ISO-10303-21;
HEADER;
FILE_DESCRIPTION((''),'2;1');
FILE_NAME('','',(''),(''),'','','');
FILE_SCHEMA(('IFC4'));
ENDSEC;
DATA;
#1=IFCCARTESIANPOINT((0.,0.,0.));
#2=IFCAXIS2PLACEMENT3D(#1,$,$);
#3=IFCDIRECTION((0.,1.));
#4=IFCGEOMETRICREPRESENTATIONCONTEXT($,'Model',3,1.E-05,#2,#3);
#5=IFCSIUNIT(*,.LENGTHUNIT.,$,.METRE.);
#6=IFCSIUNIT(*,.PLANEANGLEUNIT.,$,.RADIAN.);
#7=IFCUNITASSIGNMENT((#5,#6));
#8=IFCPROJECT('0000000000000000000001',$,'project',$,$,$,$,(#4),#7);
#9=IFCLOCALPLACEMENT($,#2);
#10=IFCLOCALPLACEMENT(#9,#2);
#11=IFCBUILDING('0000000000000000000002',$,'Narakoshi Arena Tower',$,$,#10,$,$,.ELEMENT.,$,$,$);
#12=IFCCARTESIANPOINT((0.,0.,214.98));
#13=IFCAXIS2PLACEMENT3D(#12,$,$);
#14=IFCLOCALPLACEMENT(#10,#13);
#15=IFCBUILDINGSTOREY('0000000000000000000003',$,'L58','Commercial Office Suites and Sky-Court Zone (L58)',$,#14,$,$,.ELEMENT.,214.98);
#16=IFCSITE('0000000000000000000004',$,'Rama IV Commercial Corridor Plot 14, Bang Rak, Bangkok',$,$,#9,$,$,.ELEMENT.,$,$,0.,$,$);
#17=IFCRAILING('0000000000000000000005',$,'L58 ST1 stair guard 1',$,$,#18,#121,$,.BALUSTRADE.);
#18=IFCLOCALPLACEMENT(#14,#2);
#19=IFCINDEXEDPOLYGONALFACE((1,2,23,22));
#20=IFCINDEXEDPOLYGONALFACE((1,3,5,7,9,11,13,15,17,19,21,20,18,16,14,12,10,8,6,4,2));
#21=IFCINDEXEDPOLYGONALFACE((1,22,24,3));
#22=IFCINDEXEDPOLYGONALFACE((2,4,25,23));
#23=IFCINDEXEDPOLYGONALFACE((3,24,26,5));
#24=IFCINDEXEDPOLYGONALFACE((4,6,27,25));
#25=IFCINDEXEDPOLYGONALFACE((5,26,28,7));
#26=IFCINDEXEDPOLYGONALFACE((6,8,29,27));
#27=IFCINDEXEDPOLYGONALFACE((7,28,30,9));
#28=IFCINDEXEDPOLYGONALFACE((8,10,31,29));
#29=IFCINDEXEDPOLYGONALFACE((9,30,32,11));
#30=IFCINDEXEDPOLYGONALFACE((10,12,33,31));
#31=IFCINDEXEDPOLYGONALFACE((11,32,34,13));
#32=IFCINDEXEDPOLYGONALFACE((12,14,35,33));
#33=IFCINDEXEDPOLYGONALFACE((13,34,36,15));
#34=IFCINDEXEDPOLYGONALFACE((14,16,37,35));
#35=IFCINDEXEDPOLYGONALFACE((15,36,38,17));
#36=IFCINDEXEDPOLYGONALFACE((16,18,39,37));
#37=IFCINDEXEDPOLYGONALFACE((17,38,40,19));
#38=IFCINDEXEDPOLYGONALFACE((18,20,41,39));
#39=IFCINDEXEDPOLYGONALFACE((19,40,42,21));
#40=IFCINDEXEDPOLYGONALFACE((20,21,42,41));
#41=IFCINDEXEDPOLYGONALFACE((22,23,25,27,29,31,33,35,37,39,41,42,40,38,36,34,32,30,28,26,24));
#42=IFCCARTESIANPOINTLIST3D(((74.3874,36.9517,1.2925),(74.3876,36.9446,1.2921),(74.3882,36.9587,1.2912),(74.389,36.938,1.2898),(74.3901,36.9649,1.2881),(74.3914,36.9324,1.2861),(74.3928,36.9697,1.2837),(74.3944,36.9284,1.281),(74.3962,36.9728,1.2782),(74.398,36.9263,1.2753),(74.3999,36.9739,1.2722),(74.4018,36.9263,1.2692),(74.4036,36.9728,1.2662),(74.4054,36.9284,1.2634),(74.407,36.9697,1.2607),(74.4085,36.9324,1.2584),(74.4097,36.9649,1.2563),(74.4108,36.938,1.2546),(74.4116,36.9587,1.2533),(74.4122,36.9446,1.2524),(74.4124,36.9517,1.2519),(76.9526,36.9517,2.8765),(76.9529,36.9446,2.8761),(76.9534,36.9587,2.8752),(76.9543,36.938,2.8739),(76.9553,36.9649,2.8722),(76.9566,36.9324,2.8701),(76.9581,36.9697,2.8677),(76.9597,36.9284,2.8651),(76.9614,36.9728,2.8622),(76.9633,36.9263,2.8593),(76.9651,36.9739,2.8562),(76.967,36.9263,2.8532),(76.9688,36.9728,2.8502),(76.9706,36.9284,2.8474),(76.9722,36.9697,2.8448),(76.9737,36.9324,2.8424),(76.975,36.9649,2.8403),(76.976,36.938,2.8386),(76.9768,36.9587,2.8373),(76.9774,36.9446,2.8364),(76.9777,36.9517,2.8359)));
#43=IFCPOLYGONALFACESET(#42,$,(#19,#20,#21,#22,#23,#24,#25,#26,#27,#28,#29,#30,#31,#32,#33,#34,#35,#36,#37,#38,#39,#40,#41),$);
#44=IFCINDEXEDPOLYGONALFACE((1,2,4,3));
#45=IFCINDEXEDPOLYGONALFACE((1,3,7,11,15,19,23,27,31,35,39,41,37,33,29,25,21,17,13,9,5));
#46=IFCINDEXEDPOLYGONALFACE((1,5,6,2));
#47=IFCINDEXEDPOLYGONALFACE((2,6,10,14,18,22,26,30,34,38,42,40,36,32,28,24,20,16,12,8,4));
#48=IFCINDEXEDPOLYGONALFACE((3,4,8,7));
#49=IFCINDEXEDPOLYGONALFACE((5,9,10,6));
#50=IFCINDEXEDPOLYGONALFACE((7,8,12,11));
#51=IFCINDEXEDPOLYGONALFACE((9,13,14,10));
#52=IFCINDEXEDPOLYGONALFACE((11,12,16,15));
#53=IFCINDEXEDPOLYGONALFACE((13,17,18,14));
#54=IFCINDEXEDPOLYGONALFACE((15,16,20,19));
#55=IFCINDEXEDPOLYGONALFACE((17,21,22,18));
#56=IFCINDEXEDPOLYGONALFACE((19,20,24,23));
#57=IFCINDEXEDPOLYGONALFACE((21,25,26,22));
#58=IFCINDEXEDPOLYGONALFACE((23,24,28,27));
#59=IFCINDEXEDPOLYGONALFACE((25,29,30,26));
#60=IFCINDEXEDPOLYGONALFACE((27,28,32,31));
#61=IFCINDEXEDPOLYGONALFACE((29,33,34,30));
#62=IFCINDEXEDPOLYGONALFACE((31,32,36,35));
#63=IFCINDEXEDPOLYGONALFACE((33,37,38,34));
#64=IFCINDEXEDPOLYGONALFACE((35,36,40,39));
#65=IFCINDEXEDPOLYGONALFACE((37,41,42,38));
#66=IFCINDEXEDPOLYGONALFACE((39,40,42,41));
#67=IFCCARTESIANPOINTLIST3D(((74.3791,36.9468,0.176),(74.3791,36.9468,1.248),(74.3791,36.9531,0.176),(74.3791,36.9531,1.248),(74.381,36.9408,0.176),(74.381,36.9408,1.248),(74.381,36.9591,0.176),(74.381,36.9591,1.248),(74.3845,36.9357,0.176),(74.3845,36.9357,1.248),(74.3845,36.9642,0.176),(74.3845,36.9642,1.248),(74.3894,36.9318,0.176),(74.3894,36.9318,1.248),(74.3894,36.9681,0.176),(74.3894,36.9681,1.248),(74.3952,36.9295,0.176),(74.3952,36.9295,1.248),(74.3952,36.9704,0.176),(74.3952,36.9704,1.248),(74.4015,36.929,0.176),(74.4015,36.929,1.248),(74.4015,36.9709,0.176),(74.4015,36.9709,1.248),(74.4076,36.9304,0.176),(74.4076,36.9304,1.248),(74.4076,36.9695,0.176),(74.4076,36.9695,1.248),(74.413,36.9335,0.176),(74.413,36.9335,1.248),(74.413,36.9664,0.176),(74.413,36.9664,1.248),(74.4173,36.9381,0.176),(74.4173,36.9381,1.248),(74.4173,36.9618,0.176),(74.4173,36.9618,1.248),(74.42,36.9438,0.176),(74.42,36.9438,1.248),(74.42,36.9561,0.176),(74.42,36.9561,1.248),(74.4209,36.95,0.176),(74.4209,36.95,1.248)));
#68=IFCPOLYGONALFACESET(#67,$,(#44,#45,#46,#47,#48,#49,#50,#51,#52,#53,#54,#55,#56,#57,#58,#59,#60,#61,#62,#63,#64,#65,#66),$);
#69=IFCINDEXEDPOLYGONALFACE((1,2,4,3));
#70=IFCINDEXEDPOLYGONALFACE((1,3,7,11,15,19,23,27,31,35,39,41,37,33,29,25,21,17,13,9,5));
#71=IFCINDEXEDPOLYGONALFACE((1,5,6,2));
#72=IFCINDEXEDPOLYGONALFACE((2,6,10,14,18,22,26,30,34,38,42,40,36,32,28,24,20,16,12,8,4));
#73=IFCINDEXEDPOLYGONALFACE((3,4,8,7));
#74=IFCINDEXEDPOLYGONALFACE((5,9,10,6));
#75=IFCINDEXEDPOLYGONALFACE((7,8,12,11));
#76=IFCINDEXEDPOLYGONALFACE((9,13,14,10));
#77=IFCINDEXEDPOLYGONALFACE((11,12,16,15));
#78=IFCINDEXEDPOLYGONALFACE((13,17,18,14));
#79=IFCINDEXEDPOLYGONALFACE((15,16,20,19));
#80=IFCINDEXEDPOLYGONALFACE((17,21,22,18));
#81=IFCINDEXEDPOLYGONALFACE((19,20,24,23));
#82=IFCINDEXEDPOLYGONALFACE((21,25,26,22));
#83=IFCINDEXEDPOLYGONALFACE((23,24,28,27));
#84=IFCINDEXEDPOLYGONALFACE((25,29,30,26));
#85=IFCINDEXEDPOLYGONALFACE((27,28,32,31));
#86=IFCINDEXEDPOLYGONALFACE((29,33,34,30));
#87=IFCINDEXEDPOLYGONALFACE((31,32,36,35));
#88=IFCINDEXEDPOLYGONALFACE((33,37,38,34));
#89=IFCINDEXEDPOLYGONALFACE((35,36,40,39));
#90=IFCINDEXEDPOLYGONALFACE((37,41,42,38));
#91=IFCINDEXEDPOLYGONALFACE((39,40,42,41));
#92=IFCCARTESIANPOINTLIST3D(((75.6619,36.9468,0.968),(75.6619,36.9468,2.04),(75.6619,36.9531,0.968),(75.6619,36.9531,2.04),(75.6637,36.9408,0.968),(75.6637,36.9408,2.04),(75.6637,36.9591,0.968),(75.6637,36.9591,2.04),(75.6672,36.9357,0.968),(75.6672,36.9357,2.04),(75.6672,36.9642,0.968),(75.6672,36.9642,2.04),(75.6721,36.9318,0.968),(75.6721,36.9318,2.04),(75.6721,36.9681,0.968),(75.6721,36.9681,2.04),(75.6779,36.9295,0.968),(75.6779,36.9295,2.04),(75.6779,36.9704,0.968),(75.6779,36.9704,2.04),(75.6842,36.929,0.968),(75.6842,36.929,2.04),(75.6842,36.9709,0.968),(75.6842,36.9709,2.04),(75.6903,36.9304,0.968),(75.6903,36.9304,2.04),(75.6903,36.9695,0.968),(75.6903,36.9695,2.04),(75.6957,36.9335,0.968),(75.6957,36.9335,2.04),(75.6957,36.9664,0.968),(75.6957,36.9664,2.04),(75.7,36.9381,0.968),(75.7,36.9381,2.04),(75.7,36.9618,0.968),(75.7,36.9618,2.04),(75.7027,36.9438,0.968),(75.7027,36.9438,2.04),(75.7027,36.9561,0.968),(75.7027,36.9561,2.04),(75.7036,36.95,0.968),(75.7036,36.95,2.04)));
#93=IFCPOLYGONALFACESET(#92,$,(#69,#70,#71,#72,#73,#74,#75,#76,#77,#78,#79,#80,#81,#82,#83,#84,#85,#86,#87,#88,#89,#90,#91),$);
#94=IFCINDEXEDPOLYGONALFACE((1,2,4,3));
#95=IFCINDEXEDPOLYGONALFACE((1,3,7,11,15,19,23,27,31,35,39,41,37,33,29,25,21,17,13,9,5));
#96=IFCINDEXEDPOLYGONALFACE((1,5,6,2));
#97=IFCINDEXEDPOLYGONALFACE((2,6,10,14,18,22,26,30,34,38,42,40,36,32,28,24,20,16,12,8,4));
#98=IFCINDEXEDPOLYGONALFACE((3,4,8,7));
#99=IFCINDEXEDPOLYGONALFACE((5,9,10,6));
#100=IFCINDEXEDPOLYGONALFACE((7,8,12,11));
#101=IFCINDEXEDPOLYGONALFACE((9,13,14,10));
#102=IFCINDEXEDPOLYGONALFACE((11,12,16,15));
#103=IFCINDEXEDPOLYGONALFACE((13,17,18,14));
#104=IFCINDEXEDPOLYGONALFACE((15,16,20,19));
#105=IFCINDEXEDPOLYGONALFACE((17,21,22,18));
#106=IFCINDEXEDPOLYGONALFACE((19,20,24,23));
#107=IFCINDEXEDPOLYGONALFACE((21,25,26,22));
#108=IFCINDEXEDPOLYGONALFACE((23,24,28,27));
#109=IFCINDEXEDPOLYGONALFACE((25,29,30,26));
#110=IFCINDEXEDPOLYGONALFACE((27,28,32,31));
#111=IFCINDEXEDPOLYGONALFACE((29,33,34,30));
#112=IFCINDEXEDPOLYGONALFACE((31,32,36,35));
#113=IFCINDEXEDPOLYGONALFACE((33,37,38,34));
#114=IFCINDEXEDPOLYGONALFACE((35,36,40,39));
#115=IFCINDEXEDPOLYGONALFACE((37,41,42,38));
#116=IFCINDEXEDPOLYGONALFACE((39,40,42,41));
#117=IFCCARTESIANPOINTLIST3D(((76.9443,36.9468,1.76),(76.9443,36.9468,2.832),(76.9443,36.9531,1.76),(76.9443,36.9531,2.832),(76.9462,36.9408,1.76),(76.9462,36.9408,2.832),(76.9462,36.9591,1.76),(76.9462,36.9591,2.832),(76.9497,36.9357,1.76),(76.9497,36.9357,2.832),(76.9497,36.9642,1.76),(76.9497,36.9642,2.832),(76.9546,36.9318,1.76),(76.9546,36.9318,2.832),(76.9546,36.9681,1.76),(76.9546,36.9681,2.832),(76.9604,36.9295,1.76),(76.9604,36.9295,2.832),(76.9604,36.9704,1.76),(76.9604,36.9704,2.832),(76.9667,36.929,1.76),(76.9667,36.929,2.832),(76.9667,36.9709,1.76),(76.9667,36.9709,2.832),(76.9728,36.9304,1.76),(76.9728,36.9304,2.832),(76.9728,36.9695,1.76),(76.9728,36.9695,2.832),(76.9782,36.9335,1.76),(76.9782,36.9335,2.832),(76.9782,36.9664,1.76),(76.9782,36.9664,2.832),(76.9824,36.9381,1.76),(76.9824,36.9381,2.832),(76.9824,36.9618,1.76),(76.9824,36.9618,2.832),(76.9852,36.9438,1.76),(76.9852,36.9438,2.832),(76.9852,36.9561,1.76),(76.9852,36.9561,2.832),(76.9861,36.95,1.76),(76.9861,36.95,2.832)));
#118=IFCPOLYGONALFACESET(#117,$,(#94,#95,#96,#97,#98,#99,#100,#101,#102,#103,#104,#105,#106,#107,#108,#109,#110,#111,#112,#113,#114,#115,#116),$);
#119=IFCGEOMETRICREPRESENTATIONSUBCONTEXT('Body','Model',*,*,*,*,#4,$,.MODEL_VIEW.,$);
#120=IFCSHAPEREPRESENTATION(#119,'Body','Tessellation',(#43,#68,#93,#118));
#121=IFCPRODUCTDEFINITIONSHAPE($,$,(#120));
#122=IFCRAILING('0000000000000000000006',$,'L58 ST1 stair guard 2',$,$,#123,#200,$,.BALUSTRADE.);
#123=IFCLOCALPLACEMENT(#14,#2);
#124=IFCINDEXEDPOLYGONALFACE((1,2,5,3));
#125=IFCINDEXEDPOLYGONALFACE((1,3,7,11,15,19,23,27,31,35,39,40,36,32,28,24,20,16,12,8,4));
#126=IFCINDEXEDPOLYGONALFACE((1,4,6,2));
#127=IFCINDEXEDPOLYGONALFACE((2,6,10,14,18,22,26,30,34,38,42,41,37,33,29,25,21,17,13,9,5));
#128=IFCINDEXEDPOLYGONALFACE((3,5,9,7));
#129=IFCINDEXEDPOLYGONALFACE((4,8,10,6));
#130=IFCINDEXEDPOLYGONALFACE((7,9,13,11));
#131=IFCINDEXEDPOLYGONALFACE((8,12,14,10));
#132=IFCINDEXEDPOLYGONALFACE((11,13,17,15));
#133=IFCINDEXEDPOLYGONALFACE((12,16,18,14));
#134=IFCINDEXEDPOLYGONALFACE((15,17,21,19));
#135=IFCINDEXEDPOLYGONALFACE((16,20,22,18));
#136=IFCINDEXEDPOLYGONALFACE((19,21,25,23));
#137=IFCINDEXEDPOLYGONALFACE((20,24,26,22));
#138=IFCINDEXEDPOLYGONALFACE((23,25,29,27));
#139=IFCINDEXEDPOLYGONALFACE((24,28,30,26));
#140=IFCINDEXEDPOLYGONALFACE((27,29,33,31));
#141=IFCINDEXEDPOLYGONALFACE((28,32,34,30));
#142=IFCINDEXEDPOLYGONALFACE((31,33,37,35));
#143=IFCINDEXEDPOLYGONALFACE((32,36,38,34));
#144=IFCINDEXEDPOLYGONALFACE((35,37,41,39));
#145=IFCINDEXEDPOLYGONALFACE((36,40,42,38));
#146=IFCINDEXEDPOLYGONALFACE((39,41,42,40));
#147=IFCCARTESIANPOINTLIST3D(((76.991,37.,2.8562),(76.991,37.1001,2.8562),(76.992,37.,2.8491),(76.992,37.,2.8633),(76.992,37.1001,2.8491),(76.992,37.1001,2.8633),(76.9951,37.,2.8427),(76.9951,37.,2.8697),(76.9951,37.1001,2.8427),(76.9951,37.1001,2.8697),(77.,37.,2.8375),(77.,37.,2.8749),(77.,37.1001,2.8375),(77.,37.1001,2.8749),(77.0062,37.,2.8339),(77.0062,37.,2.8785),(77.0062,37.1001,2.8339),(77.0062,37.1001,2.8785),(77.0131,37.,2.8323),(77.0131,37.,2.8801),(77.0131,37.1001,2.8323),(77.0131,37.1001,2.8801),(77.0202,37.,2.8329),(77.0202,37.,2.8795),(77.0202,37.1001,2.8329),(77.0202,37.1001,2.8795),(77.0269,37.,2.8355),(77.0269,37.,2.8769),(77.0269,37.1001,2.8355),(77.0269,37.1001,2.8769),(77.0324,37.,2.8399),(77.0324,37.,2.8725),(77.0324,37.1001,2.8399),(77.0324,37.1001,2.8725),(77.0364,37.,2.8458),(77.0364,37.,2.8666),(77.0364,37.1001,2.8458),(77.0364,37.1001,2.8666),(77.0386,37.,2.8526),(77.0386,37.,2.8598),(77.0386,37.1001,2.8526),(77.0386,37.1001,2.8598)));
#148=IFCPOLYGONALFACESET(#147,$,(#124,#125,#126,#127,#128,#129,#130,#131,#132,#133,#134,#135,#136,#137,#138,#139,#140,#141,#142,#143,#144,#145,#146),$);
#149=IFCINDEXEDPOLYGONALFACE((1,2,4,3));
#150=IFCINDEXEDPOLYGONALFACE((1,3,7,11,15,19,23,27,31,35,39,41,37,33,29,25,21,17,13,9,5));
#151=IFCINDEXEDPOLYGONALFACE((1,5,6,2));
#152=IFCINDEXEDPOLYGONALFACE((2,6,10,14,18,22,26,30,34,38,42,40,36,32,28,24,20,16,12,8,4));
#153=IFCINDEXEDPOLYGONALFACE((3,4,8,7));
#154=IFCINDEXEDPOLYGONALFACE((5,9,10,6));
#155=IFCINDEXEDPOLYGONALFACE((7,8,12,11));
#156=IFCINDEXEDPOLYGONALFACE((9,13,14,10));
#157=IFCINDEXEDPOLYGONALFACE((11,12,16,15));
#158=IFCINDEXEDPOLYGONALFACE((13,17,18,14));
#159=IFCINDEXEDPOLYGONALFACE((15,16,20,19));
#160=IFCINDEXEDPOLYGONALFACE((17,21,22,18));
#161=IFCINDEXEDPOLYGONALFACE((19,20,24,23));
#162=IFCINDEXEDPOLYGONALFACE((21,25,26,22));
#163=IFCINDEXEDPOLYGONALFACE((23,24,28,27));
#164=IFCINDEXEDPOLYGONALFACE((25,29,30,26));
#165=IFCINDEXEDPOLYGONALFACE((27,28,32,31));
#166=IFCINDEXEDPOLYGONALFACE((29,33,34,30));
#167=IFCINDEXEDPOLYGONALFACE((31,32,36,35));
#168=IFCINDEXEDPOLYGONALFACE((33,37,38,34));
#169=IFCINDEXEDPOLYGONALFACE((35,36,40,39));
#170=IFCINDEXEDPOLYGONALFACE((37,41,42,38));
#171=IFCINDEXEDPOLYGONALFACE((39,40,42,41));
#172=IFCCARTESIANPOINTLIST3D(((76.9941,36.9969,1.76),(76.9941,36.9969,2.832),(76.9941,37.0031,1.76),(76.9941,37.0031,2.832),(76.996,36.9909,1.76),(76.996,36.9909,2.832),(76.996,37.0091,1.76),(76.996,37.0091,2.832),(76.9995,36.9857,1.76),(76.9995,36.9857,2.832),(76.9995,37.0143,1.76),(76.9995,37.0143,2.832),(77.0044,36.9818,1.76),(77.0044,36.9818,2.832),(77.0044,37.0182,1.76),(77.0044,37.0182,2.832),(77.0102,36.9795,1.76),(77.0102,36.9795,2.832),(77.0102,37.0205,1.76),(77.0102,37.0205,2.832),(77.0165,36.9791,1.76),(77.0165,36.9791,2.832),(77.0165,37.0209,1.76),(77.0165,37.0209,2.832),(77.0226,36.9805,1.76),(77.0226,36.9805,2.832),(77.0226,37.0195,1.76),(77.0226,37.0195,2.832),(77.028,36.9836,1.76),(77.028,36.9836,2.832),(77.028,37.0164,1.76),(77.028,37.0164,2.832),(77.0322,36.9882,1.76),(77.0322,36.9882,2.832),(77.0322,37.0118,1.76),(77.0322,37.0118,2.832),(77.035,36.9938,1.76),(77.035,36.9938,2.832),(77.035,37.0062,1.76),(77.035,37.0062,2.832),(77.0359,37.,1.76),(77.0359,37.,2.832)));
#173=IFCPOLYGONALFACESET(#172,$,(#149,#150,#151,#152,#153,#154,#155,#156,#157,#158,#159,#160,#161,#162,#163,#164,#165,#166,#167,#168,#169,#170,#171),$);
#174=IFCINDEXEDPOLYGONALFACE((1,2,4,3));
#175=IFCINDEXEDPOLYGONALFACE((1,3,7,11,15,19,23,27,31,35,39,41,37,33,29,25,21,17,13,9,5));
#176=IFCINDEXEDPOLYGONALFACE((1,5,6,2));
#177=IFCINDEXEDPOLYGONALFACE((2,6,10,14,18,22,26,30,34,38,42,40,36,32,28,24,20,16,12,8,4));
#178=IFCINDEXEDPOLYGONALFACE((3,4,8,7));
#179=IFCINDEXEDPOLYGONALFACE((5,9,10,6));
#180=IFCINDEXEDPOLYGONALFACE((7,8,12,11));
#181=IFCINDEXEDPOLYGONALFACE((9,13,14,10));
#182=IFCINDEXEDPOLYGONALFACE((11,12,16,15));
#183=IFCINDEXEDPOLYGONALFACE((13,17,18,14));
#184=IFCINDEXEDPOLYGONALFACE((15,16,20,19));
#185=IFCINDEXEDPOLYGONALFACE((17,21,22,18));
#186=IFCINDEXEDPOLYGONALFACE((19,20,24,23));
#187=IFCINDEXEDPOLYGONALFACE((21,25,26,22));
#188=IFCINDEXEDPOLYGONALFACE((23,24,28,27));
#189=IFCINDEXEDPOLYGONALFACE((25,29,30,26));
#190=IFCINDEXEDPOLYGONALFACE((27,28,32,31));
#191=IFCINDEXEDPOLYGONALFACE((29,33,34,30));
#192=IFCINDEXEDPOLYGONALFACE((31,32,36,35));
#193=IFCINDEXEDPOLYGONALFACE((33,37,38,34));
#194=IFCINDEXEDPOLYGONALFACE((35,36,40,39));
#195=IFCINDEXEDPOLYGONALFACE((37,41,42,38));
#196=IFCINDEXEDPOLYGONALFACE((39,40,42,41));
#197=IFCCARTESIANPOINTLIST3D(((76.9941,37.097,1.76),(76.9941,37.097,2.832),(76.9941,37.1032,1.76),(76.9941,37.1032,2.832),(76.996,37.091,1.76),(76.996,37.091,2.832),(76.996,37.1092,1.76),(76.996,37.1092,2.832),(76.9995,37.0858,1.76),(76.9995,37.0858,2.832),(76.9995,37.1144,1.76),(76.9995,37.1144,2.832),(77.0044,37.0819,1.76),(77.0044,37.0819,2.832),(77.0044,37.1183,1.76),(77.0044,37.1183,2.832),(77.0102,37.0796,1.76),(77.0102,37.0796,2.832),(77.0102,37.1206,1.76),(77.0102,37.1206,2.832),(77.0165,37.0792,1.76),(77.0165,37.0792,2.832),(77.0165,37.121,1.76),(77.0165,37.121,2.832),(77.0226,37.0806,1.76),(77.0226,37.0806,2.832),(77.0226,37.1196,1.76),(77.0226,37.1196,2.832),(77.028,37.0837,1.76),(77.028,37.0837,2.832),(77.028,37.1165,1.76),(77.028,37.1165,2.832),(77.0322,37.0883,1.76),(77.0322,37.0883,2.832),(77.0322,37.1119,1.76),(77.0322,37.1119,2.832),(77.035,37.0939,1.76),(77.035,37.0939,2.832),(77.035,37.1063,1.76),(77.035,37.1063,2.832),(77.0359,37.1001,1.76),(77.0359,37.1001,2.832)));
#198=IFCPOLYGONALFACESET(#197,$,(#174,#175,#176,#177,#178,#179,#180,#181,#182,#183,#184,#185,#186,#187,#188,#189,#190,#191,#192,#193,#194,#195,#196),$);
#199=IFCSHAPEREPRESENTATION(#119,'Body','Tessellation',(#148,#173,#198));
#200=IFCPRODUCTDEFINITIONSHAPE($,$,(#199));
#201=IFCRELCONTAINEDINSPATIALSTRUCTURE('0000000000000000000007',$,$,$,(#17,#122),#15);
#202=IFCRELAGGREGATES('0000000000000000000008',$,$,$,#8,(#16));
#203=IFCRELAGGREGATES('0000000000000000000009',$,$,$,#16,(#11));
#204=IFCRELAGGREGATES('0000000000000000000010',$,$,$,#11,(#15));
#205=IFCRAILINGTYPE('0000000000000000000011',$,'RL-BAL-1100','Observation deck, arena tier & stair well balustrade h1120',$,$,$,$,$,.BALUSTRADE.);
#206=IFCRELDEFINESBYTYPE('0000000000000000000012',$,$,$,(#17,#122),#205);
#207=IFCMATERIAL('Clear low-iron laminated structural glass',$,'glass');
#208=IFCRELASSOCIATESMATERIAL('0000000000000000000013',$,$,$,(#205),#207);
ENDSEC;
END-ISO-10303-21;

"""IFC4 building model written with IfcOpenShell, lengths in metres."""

from ifc_helpers import new_model, si_unit, direction, frame, origin, origin_2d, place, context, subcontext, project, spatial, circle, extrude, material, type_object, element, save


model = new_model("IFC4")

# Units and contexts
model_context = context("Model", 3, precision=1e-05, world=origin(), true_north=direction((0.0, 1.0)))
body_context = subcontext(model_context, "Body", "Model", "MODEL_VIEW")
ifc_project = project(units=[si_unit("LENGTHUNIT", "METRE"), si_unit("PLANEANGLEUNIT", "RADIAN")], contexts=[model_context])

# Site, building, storey
site_placement = place(None, origin())
site = spatial("IfcSite", under=ifc_project, at=site_placement, Name="Rama IV Commercial Corridor Plot 14, Bang Rak, Bangkok", CompositionType="ELEMENT", RefElevation=0.0)
building_placement = place(site_placement, origin())
building = spatial("IfcBuilding", under=site, at=building_placement, Name="Narakoshi Arena Tower", CompositionType="ELEMENT")
storey_placement = place(building_placement, frame((0.0, 0.0, 214.98)))
storey = spatial("IfcBuildingStorey", under=building, at=storey_placement, Name="L58", Description="Commercial Office Suites and Sky-Court Zone (L58)", CompositionType="ELEMENT", Elevation=214.98)

# Railings
ifc_material_1 = material(Name="Clear low-iron laminated structural glass", Category="glass")
railing_type_1 = type_object("IfcRailingType", Name="RL-BAL-1100", Description="Observation deck, arena tier & stair well balustrade h1120", PredefinedType="BALUSTRADE", material=ifc_material_1)
railing_1_placement = place(storey_placement, frame((74.3999, 36.95, 0.176)))
element("IfcRailing", 1, at=railing_1_placement, inside=storey, type_object=railing_type_1, Name="L58 ST1 stair guard 1", PredefinedType="BALUSTRADE", context=body_context, shape_type="SweptSolid", body=[
    extrude(circle(Radius=0.0239, at=origin_2d()), frame((0.0, 0.0, 1.0962), z_axis=(0.850857, 0.0, 0.525398), x_axis=(0.0, 1.0, 0.0)), (0.0, 0.0, 1.0), 3.0149),
    extrude(circle(Radius=0.021, at=origin_2d()), origin(), (0.0, 0.0, 1.0), 1.072),
    extrude(circle(Radius=0.021, at=origin_2d()), frame((1.2827, 0.0, 0.792)), (0.0, 0.0, 1.0), 1.072),
    extrude(circle(Radius=0.021, at=origin_2d()), frame((2.5652, 0.0, 1.584)), (0.0, 0.0, 1.0), 1.072),
])
railing_2_placement = place(storey_placement, frame((77.0149, 37.0, 1.76)))
element("IfcRailing", 2, at=railing_2_placement, inside=storey, type_object=railing_type_1, Name="L58 ST1 stair guard 2", PredefinedType="BALUSTRADE", context=body_context, shape_type="SweptSolid", body=[
    extrude(circle(Radius=0.0239, at=origin_2d()), frame((0.0, 0.0, 1.0962), z_axis=(0.0, 1.0, 0.0), x_axis=(-1.0, 0.0, 0.0)), (0.0, 0.0, 1.0), 0.1001),
    extrude(circle(Radius=0.021, at=origin_2d()), origin(), (0.0, 0.0, 1.0), 1.072),
    extrude(circle(Radius=0.021, at=origin_2d()), frame((0.0, 0.1001, 0.0)), (0.0, 0.0, 1.0), 1.072),
])

save(model, "model.ifc")
